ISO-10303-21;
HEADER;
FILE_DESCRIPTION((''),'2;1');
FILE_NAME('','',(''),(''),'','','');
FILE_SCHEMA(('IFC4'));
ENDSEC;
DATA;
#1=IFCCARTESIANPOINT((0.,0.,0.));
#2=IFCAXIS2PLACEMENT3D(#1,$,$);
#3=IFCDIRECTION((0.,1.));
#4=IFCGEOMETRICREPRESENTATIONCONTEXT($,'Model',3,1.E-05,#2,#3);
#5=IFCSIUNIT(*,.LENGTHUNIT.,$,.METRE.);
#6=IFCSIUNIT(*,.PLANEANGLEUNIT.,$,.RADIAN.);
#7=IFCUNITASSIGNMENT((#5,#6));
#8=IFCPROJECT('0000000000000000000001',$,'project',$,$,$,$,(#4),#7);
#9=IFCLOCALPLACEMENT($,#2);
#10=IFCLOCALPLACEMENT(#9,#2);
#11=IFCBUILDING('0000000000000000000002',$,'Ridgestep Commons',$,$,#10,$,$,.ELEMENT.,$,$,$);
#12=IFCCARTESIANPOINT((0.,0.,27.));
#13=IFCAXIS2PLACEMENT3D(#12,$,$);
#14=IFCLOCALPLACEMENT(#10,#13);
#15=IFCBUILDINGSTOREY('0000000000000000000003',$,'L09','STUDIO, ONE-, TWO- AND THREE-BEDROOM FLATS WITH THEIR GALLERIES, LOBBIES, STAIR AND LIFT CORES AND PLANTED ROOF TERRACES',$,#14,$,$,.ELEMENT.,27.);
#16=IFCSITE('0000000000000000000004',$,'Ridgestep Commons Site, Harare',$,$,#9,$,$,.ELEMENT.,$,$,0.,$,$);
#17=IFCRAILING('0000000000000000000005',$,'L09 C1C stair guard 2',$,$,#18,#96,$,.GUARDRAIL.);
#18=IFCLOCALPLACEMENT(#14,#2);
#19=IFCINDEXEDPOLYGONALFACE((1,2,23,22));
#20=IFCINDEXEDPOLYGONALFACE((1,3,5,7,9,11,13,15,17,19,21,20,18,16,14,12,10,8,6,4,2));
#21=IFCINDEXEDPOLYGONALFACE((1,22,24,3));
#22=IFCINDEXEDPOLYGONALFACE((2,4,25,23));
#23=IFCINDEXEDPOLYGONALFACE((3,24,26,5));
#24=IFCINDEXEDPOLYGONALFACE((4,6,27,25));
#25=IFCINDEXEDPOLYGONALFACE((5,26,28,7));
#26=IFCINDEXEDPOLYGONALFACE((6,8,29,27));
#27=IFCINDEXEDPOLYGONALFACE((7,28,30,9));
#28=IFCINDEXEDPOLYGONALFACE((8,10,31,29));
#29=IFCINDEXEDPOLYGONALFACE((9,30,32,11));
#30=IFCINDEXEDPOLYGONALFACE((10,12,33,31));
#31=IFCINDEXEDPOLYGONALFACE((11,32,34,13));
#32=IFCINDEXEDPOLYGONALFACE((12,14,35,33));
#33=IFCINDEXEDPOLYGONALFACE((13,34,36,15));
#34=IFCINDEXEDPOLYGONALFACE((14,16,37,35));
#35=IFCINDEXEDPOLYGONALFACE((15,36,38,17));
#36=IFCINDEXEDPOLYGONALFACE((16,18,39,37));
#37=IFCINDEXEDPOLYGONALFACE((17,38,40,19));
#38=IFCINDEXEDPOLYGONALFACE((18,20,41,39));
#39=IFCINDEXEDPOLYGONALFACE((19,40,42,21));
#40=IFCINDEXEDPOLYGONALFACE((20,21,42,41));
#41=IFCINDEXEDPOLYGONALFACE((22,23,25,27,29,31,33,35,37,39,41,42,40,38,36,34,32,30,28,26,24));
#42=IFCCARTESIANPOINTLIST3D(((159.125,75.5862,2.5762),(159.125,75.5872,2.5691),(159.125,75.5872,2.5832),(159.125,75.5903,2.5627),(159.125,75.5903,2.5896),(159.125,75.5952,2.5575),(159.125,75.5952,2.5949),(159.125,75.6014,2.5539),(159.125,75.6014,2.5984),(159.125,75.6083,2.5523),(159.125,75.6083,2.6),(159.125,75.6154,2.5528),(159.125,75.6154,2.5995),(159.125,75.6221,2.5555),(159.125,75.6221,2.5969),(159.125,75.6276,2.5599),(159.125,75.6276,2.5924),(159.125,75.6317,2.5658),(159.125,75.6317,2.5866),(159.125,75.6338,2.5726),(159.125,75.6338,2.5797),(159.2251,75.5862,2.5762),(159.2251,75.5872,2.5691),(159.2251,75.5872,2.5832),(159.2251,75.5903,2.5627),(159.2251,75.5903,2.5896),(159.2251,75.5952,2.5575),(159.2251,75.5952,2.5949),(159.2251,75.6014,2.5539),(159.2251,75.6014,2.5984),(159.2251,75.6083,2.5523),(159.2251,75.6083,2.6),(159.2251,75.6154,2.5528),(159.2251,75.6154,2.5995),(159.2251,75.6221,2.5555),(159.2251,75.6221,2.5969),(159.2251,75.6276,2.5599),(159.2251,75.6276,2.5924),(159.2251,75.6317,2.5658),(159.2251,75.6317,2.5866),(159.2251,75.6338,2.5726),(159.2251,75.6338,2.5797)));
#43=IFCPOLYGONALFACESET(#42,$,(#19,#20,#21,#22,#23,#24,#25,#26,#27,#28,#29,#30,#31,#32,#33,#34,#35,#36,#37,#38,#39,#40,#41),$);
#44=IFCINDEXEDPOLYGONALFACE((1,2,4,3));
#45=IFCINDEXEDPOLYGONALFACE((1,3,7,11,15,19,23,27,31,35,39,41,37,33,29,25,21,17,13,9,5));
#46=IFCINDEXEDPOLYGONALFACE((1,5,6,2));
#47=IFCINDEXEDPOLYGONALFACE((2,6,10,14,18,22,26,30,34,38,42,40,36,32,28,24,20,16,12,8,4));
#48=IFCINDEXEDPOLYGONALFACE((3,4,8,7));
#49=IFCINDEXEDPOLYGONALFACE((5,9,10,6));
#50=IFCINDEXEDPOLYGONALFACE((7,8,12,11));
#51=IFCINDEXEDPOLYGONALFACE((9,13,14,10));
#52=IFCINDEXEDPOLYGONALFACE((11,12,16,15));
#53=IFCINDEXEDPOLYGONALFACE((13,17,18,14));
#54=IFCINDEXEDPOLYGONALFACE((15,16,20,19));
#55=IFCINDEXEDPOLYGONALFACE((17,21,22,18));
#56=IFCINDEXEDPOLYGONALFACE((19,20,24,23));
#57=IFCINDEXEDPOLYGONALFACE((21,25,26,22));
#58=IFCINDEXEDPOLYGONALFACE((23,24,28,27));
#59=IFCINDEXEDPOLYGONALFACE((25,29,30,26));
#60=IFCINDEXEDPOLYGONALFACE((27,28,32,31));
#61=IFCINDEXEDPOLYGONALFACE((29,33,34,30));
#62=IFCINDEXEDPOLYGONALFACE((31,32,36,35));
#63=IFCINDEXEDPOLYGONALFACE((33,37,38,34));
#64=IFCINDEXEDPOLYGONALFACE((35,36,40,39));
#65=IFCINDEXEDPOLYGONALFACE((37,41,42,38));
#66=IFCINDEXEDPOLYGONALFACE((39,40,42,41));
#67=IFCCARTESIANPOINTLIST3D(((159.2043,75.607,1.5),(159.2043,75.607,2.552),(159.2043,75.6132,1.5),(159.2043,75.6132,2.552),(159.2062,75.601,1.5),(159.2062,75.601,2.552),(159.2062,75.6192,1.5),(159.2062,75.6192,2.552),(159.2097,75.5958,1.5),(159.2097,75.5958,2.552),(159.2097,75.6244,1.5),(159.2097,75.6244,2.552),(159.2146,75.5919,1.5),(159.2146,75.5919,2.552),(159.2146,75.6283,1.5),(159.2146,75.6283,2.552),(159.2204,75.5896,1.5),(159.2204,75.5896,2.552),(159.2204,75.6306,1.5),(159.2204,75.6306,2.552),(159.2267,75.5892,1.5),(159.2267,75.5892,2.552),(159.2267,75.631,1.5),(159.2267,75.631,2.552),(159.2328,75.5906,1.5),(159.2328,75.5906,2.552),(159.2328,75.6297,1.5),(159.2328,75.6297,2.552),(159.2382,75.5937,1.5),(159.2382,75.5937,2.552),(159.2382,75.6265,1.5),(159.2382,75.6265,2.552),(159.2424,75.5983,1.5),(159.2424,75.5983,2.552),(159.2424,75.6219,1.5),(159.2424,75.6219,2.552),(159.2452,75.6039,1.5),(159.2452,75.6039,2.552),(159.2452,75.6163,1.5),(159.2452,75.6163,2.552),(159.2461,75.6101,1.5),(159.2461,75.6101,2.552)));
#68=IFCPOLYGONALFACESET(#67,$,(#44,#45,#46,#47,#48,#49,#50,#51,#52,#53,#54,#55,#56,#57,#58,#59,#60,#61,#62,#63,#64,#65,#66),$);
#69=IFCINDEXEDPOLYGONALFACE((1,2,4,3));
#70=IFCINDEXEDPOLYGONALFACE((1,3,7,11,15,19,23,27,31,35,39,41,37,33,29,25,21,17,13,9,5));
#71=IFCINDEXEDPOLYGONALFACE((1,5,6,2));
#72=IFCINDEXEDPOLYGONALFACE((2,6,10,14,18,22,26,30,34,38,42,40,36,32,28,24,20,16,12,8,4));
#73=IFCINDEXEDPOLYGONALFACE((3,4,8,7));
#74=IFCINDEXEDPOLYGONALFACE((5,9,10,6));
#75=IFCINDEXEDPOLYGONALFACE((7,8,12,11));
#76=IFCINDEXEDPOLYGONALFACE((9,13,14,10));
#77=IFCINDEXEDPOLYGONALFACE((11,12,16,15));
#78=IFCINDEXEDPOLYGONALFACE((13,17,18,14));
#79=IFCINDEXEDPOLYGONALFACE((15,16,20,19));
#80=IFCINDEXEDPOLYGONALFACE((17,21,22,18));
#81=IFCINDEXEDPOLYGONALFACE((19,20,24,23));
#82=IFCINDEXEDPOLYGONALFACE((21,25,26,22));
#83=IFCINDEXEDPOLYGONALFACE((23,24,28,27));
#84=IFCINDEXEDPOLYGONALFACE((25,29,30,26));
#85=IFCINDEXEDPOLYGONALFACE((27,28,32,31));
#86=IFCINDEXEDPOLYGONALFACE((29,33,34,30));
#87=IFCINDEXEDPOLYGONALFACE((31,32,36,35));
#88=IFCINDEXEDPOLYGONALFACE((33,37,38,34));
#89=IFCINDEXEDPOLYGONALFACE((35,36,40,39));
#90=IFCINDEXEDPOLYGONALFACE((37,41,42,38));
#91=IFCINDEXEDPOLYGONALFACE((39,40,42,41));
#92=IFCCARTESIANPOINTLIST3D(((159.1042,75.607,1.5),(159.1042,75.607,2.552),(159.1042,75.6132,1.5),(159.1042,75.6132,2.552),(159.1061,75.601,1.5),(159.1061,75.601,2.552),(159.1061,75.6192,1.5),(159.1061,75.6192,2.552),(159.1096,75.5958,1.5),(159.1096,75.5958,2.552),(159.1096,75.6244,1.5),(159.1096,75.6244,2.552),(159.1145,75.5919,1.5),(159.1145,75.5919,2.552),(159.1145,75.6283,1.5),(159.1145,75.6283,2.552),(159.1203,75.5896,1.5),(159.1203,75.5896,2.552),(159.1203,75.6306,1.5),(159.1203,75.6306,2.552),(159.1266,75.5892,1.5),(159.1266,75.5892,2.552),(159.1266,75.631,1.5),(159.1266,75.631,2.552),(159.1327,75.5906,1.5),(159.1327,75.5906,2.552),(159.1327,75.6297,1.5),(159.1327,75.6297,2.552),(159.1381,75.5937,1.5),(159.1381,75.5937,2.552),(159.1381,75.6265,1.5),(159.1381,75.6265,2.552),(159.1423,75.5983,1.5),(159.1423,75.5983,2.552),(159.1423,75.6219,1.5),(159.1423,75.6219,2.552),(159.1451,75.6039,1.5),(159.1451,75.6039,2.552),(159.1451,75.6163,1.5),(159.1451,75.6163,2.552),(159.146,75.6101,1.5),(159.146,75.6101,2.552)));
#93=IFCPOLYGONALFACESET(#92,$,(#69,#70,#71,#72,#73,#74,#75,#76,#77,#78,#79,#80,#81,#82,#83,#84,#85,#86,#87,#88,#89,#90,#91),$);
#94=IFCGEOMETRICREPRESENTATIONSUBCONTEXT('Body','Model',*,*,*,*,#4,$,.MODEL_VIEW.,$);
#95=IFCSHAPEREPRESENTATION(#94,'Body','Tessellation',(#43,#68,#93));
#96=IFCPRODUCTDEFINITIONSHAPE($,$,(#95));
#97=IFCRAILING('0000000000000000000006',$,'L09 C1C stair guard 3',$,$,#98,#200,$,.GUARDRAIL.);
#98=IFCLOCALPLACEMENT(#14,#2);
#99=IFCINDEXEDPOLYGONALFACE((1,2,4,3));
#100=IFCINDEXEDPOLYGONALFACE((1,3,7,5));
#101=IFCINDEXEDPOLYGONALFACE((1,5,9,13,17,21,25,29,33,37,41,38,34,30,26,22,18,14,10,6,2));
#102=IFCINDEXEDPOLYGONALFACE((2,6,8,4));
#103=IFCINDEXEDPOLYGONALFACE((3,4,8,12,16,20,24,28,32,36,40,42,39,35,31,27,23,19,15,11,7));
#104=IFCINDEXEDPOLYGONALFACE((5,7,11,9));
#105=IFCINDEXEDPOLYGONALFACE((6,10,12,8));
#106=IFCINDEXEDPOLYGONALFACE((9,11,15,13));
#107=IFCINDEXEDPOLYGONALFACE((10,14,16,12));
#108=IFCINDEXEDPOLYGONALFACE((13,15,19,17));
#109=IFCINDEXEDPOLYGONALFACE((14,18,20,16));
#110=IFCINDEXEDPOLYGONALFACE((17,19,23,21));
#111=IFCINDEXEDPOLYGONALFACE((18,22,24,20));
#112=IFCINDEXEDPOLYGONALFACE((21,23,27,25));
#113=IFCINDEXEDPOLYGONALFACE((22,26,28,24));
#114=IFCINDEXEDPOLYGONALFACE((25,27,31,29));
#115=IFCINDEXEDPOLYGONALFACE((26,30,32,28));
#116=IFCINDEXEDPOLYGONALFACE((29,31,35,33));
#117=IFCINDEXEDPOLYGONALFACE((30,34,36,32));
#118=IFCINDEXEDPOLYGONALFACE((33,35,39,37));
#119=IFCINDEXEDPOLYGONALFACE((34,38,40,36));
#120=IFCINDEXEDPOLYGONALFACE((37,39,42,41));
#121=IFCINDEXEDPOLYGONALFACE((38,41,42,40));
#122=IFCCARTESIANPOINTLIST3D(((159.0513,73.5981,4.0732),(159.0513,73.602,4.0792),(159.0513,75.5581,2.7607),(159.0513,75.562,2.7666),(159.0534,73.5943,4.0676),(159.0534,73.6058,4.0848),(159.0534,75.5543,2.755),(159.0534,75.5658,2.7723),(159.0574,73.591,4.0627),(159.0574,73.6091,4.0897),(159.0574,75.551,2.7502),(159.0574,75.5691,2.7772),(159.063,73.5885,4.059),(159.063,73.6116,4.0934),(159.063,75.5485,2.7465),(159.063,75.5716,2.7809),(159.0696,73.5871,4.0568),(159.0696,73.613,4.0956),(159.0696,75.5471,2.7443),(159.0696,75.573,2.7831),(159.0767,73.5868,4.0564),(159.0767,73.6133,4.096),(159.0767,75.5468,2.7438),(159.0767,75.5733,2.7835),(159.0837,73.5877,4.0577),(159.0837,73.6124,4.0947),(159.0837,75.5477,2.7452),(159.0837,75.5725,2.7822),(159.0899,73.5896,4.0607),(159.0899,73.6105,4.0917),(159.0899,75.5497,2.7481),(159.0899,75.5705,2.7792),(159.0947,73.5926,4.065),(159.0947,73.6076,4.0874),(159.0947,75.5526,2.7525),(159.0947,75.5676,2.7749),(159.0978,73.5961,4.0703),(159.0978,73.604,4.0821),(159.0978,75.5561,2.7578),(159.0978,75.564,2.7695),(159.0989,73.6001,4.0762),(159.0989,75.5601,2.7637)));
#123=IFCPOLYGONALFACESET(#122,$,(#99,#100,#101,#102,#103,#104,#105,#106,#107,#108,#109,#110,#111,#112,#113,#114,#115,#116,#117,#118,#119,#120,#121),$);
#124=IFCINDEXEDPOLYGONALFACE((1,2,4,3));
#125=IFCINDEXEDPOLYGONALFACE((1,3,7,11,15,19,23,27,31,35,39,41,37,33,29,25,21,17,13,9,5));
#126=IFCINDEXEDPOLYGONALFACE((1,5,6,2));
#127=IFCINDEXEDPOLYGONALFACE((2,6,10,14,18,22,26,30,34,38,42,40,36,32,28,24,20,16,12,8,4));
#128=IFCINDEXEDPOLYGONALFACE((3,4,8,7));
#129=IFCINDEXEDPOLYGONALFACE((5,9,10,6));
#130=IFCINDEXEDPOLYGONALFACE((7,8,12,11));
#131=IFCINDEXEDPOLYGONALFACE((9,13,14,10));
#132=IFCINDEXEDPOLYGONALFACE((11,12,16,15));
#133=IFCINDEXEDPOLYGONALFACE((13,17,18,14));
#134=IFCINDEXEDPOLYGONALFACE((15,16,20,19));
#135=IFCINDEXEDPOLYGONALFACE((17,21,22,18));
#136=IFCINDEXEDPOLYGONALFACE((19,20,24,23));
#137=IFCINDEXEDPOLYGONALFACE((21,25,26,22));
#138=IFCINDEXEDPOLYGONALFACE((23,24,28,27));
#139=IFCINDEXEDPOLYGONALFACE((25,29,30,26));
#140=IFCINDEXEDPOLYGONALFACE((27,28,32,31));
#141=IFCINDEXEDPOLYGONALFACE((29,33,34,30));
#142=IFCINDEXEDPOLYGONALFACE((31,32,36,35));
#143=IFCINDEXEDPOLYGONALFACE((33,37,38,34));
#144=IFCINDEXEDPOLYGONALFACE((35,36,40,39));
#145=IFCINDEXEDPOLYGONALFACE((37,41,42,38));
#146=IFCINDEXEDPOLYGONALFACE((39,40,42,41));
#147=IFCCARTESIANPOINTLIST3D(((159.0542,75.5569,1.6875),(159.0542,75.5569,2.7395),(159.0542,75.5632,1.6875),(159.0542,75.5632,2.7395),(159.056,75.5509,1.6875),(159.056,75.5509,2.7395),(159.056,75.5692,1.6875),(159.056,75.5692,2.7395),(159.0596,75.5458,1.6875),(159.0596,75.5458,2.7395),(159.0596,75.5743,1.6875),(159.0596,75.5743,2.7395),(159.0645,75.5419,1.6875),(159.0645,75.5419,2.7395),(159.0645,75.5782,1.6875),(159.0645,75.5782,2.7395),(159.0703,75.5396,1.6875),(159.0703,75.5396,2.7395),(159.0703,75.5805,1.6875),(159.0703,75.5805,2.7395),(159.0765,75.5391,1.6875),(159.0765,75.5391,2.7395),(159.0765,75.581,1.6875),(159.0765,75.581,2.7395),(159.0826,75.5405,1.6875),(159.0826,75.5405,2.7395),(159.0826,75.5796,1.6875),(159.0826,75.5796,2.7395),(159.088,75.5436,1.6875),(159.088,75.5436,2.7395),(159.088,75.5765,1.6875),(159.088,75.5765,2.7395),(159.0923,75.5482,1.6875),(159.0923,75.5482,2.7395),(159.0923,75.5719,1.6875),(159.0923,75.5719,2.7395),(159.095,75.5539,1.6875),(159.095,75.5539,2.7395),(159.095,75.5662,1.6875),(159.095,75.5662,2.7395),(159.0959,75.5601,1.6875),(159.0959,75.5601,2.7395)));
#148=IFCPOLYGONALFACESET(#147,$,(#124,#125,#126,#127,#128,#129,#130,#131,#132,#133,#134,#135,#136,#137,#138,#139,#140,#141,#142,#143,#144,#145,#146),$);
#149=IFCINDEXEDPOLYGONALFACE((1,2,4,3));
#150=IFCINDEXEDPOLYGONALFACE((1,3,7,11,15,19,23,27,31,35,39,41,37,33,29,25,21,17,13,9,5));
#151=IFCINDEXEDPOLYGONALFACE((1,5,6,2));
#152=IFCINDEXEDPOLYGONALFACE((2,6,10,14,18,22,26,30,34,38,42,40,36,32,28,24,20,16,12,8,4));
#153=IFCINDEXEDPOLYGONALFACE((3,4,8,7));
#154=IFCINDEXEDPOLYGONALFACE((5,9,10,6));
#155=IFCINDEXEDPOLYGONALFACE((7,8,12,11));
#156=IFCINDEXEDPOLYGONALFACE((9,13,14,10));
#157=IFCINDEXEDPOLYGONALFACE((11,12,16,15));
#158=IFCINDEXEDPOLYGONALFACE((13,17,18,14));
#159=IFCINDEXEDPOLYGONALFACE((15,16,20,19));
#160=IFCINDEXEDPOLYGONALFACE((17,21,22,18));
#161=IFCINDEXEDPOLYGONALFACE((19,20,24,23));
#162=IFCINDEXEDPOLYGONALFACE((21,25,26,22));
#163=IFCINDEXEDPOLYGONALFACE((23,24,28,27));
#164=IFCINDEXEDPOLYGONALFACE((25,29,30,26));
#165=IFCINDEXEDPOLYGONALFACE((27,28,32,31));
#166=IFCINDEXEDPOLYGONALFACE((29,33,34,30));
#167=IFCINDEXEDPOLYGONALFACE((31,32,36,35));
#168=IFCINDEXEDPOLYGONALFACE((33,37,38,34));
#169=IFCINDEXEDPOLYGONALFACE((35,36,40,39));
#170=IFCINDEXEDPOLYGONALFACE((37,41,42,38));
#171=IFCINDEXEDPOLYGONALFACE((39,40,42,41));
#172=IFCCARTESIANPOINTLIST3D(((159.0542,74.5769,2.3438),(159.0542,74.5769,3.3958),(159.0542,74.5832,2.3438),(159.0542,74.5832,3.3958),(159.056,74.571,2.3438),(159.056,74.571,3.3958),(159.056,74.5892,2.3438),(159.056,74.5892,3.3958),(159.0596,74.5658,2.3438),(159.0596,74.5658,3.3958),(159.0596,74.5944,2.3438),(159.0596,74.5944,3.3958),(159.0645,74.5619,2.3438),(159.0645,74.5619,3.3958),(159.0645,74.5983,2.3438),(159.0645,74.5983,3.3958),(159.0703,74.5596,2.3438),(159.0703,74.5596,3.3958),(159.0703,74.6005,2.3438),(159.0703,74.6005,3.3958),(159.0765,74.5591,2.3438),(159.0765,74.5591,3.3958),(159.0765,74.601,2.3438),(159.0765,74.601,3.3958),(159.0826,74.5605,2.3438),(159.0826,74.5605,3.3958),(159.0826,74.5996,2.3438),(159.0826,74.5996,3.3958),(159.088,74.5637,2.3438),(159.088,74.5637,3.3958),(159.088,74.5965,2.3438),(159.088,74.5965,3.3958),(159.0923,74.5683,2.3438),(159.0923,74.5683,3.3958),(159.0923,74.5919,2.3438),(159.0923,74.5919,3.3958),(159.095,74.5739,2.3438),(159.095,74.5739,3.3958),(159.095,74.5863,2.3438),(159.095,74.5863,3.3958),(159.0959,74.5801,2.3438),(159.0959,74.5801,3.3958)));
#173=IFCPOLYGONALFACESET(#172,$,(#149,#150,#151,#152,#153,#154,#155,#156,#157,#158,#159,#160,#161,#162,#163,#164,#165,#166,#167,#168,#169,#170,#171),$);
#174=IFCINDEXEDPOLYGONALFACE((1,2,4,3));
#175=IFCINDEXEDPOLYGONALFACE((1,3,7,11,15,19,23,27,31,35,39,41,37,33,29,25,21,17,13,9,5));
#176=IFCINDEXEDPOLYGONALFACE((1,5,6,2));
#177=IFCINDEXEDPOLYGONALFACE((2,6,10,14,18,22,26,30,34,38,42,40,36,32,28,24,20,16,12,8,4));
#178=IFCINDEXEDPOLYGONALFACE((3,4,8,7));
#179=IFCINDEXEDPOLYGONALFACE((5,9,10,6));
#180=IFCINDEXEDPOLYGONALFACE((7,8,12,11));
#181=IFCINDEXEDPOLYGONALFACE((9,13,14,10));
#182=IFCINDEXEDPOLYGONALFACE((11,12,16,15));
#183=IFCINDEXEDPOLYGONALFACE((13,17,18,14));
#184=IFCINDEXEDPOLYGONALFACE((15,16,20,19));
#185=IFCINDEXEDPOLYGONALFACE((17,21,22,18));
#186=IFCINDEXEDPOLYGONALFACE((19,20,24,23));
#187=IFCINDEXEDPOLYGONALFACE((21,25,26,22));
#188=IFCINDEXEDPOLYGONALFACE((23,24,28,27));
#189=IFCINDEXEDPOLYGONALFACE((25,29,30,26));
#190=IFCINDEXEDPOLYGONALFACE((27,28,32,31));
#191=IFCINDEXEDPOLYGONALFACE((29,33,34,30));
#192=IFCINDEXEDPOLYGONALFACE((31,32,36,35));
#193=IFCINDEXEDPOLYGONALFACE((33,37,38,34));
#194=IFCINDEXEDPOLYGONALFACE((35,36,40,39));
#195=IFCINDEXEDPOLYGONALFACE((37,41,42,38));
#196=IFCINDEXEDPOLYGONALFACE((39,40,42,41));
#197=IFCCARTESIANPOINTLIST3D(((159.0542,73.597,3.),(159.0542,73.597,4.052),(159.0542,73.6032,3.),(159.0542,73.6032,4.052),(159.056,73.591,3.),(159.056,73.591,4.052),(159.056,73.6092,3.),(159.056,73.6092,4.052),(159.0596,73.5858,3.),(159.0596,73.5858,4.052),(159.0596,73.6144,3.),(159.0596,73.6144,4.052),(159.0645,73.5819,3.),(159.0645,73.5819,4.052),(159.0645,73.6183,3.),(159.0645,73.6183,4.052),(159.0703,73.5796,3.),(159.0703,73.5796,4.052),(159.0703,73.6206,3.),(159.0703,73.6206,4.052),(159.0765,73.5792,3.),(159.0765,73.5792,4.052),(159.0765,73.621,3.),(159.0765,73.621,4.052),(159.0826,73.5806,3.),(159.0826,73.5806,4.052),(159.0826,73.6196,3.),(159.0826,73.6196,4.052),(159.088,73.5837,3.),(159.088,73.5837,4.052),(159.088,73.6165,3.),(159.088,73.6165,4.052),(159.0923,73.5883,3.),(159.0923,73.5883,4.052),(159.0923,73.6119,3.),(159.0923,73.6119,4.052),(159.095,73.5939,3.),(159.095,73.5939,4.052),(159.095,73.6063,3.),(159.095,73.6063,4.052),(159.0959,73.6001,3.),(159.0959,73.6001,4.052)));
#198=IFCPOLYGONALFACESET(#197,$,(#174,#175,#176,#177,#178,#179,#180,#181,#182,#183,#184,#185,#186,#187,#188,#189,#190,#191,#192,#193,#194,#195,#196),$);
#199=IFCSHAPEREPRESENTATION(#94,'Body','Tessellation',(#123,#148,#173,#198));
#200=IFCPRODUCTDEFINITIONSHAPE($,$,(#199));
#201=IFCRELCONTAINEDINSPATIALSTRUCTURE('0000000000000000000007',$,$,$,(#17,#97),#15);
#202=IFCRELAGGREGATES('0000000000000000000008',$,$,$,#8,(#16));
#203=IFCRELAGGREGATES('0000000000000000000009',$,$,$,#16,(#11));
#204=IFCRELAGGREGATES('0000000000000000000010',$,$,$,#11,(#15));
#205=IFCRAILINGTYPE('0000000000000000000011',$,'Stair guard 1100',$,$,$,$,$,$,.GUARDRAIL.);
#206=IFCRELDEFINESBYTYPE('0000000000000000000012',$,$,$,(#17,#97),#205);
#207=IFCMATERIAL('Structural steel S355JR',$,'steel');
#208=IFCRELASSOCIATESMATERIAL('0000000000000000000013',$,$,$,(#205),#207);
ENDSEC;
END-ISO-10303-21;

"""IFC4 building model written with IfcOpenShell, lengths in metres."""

from ifc_helpers import new_model, si_unit, direction, frame, origin, origin_2d, place, context, subcontext, project, spatial, circle, extrude, material, type_object, element, save


model = new_model("IFC4")

# Units and contexts
model_context = context("Model", 3, precision=1e-05, world=origin(), true_north=direction((0.0, 1.0)))
body_context = subcontext(model_context, "Body", "Model", "MODEL_VIEW")
ifc_project = project(units=[si_unit("LENGTHUNIT", "METRE"), si_unit("PLANEANGLEUNIT", "RADIAN")], contexts=[model_context])

# Site, building, storey
site_placement = place(None, origin())
site = spatial("IfcSite", under=ifc_project, at=site_placement, Name="Ridgestep Commons Site, Harare", CompositionType="ELEMENT", RefElevation=0.0)
building_placement = place(site_placement, origin())
building = spatial("IfcBuilding", under=site, at=building_placement, Name="Ridgestep Commons", CompositionType="ELEMENT")
storey_placement = place(building_placement, frame((0.0, 0.0, 27.0)))
storey = spatial("IfcBuildingStorey", under=building, at=storey_placement, Name="L09", Description="STUDIO, ONE-, TWO- AND THREE-BEDROOM FLATS WITH THEIR GALLERIES, LOBBIES, STAIR AND LIFT CORES AND PLANTED ROOF TERRACES", CompositionType="ELEMENT", Elevation=27.0)

# Railings
ifc_material_1 = material(Name="Structural steel S355JR", Category="steel")
railing_type_1 = type_object("IfcRailingType", Name="Stair guard 1100", PredefinedType="GUARDRAIL", material=ifc_material_1)
railing_1_placement = place(storey_placement, frame((159.2251, 75.6101, 1.5)))
element("IfcRailing", 1, at=railing_1_placement, inside=storey, type_object=railing_type_1, Name="L09 C1C stair guard 2", PredefinedType="GUARDRAIL", context=body_context, shape_type="SweptSolid", body=[
    extrude(circle(Radius=0.0239, at=origin_2d()), frame((0.0, 0.0, 1.0762), z_axis=(-1.0, 0.0, 0.0), x_axis=(0.0, -1.0, 0.0)), (0.0, 0.0, 1.0), 0.1001),
    extrude(circle(Radius=0.021, at=origin_2d()), origin(), (0.0, 0.0, 1.0), 1.052),
    extrude(circle(Radius=0.021, at=origin_2d()), frame((-0.1001, 0.0, 0.0)), (0.0, 0.0, 1.0), 1.052),
])
railing_2_placement = place(storey_placement, frame((159.075, 75.5601, 1.6875)))
element("IfcRailing", 2, at=railing_2_placement, inside=storey, type_object=railing_type_1, Name="L09 C1C stair guard 3", PredefinedType="GUARDRAIL", context=body_context, shape_type="SweptSolid", body=[
    extrude(circle(Radius=0.0239, at=origin_2d()), frame((0.0, 0.0, 1.0762), z_axis=(0.0, -0.830902, 0.556419), x_axis=(1.0, 0.0, 0.0)), (0.0, 0.0, 1.0), 2.3589),
    extrude(circle(Radius=0.021, at=origin_2d()), origin(), (0.0, 0.0, 1.0), 1.052),
    extrude(circle(Radius=0.021, at=origin_2d()), frame((0.0, -0.98, 0.6562)), (0.0, 0.0, 1.0), 1.052),
    extrude(circle(Radius=0.021, at=origin_2d()), frame((0.0, -1.96, 1.3125)), (0.0, 0.0, 1.0), 1.052),
])

save(model, "model.ifc")
